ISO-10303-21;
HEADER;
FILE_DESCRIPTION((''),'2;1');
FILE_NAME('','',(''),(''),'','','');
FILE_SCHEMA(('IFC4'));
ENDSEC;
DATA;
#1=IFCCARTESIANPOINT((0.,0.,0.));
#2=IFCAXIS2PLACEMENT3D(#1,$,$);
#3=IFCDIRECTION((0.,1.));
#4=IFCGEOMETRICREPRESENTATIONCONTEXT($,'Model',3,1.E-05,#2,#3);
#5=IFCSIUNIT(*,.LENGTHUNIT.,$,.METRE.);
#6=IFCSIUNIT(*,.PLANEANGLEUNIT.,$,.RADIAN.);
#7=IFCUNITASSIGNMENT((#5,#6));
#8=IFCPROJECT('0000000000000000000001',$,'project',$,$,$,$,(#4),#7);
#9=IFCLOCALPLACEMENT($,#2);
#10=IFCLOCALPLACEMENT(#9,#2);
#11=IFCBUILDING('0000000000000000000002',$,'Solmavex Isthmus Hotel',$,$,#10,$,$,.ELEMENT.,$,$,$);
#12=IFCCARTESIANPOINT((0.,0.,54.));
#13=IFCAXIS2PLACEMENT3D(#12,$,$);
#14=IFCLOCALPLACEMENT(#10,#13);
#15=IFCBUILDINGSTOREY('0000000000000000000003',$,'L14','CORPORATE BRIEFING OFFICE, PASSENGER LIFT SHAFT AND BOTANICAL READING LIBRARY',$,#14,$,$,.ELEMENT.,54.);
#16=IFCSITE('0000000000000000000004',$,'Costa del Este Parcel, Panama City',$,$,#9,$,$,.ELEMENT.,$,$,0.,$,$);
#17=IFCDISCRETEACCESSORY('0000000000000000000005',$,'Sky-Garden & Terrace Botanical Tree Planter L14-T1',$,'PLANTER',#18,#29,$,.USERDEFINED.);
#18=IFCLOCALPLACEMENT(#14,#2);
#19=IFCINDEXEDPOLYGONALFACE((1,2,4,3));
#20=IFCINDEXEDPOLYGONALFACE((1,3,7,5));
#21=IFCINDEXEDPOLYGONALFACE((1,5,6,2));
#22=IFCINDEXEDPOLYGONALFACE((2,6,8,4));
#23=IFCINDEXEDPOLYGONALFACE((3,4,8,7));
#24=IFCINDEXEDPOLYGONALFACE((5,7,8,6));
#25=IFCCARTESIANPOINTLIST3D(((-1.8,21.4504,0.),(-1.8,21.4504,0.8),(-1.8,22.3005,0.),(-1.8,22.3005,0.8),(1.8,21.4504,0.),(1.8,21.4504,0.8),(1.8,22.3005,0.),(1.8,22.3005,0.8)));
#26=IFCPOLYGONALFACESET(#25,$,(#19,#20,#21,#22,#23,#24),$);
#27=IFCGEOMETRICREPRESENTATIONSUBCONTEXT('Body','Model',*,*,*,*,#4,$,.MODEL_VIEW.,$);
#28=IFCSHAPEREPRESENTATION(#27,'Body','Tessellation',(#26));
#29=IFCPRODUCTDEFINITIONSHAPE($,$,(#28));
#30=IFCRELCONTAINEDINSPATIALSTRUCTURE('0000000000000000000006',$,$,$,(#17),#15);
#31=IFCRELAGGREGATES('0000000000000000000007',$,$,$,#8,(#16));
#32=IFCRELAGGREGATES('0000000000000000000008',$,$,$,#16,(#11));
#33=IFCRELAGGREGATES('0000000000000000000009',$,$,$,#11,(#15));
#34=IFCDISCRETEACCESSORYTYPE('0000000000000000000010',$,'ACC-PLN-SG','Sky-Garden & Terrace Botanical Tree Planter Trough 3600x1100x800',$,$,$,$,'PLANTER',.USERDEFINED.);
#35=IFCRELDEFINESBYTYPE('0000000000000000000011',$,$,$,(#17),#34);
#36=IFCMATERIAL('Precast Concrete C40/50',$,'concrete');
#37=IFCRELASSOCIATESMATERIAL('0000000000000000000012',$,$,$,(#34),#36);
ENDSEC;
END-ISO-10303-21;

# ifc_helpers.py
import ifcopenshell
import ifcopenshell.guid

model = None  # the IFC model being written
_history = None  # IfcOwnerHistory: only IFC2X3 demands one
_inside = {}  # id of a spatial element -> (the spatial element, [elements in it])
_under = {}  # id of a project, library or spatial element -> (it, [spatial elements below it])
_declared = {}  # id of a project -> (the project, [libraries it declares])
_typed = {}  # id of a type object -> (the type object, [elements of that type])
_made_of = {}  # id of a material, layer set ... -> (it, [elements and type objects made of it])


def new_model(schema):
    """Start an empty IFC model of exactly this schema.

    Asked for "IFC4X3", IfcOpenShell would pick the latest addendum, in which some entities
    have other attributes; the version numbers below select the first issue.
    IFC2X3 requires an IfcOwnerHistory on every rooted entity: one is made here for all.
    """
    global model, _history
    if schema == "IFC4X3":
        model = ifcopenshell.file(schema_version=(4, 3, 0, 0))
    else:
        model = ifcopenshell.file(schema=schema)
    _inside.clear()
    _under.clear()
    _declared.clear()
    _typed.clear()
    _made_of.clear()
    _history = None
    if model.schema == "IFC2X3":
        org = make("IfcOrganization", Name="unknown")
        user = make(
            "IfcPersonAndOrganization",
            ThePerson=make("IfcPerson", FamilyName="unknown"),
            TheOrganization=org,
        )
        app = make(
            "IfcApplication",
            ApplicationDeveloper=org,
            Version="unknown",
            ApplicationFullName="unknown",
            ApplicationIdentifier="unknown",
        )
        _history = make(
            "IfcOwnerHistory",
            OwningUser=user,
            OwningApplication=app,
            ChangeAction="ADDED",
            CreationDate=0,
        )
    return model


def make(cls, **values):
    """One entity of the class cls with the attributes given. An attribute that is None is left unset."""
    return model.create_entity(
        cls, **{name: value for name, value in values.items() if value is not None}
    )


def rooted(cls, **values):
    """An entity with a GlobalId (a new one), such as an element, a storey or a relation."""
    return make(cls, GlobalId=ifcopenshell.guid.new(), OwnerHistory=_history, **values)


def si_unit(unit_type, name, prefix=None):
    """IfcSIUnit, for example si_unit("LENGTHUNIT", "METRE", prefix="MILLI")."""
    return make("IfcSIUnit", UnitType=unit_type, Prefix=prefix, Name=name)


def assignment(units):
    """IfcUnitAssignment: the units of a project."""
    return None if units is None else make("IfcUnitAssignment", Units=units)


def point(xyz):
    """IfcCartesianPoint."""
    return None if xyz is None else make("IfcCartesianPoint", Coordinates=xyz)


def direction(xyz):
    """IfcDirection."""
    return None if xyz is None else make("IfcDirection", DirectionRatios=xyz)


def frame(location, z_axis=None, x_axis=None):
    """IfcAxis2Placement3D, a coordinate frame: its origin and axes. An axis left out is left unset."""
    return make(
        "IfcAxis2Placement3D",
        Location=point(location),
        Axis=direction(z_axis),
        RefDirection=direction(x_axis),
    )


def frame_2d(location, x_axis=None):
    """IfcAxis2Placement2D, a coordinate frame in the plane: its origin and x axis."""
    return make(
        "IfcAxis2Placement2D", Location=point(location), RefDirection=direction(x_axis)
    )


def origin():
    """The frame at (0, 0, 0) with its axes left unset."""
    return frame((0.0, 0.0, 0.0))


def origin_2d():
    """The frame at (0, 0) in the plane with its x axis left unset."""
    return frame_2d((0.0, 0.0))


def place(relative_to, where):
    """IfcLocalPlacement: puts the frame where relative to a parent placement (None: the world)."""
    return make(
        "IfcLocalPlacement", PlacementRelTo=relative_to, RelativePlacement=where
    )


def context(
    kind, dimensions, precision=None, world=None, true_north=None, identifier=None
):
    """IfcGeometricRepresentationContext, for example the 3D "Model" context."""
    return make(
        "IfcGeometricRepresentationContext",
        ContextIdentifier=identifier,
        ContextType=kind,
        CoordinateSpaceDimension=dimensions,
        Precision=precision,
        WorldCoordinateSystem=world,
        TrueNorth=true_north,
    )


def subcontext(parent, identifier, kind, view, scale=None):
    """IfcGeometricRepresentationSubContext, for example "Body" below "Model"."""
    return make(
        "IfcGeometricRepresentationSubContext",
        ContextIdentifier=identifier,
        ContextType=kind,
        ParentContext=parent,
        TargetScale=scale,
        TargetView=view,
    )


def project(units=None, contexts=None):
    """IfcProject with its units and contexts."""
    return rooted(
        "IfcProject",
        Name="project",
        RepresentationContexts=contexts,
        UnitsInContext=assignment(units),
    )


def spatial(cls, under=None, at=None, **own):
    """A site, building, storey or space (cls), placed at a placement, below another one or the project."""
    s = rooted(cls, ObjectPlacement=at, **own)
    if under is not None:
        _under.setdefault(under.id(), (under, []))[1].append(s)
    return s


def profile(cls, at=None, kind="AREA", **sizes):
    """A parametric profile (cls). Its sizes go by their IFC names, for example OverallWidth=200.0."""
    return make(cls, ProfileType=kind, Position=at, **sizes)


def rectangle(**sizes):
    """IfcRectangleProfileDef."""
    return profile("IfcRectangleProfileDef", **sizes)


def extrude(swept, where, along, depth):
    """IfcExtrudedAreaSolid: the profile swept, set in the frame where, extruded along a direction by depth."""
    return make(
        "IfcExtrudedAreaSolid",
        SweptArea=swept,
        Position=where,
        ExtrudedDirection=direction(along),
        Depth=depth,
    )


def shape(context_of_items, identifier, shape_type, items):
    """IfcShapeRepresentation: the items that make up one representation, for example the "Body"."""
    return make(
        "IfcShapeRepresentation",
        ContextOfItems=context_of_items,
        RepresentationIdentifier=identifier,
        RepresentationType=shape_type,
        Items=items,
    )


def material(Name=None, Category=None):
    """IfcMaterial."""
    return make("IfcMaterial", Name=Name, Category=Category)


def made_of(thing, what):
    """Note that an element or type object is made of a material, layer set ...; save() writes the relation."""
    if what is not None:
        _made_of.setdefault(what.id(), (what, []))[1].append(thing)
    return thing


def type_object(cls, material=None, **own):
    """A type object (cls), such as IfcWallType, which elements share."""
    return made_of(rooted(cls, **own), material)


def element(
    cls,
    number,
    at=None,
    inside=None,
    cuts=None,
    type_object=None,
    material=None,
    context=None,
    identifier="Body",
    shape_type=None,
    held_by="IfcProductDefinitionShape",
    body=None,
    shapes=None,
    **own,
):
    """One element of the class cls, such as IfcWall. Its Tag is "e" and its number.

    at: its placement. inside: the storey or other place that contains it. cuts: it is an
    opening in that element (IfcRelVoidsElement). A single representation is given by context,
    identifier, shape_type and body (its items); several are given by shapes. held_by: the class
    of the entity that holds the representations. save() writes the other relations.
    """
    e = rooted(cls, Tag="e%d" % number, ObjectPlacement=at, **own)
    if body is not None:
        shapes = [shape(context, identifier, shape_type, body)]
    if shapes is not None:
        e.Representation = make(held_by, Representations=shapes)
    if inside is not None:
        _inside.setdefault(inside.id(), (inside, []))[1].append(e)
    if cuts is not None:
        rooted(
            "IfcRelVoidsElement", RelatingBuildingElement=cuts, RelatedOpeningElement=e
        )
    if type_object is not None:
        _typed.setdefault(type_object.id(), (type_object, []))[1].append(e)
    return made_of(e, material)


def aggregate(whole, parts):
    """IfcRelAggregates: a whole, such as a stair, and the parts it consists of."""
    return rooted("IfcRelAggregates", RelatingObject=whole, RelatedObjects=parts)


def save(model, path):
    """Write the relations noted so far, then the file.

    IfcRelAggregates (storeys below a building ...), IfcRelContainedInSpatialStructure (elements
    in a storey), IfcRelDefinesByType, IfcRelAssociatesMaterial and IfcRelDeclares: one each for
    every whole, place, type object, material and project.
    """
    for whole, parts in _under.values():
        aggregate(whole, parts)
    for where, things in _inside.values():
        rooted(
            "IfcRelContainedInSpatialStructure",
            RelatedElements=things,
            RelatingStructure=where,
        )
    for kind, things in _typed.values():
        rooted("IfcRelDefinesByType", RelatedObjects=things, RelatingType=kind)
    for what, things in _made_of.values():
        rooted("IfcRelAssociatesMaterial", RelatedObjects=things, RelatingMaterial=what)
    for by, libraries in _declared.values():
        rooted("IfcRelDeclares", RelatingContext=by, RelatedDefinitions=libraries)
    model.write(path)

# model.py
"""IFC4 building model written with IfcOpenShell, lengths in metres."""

from ifc_helpers import new_model, si_unit, direction, frame, origin, origin_2d, place, context, subcontext, project, spatial, rectangle, extrude, material, type_object, element, save


model = new_model("IFC4")

# Units and contexts
model_context = context("Model", 3, precision=1e-05, world=origin(), true_north=direction((0.0, 1.0)))
body_context = subcontext(model_context, "Body", "Model", "MODEL_VIEW")
ifc_project = project(units=[si_unit("LENGTHUNIT", "METRE"), si_unit("PLANEANGLEUNIT", "RADIAN")], contexts=[model_context])

# Site, building, storey
site_placement = place(None, origin())
site = spatial("IfcSite", under=ifc_project, at=site_placement, Name="Costa del Este Parcel, Panama City", CompositionType="ELEMENT", RefElevation=0.0)
building_placement = place(site_placement, origin())
building = spatial("IfcBuilding", under=site, at=building_placement, Name="Solmavex Isthmus Hotel", CompositionType="ELEMENT")
storey_placement = place(building_placement, frame((0.0, 0.0, 54.0)))
storey = spatial("IfcBuildingStorey", under=building, at=storey_placement, Name="L14", Description="CORPORATE BRIEFING OFFICE, PASSENGER LIFT SHAFT AND BOTANICAL READING LIBRARY", CompositionType="ELEMENT", Elevation=54.0)

# Discrete accessory
ifc_material_1 = material(Name="Precast Concrete C40/50", Category="concrete")
discrete_accessory_type_1 = type_object("IfcDiscreteAccessoryType", Name="ACC-PLN-SG", Description="Sky-Garden & Terrace Botanical Tree Planter Trough 3600x1100x800", ElementType="PLANTER", PredefinedType="USERDEFINED", material=ifc_material_1)
discrete_accessory_placement = place(storey_placement, frame((0.0, 21.8755, 0.0), z_axis=(0.0, 0.0, 1.0), x_axis=(1.0, 0.0, 0.0)))
element("IfcDiscreteAccessory", 1, at=discrete_accessory_placement, inside=storey, type_object=discrete_accessory_type_1, Name="Sky-Garden & Terrace Botanical Tree Planter L14-T1", ObjectType="PLANTER", PredefinedType="USERDEFINED", context=body_context, shape_type="SweptSolid", body=[
    extrude(rectangle(XDim=3.6001, YDim=0.8501, at=origin_2d()), origin(), (0.0, 0.0, 1.0), 0.8),
])

save(model, "model.ifc")
